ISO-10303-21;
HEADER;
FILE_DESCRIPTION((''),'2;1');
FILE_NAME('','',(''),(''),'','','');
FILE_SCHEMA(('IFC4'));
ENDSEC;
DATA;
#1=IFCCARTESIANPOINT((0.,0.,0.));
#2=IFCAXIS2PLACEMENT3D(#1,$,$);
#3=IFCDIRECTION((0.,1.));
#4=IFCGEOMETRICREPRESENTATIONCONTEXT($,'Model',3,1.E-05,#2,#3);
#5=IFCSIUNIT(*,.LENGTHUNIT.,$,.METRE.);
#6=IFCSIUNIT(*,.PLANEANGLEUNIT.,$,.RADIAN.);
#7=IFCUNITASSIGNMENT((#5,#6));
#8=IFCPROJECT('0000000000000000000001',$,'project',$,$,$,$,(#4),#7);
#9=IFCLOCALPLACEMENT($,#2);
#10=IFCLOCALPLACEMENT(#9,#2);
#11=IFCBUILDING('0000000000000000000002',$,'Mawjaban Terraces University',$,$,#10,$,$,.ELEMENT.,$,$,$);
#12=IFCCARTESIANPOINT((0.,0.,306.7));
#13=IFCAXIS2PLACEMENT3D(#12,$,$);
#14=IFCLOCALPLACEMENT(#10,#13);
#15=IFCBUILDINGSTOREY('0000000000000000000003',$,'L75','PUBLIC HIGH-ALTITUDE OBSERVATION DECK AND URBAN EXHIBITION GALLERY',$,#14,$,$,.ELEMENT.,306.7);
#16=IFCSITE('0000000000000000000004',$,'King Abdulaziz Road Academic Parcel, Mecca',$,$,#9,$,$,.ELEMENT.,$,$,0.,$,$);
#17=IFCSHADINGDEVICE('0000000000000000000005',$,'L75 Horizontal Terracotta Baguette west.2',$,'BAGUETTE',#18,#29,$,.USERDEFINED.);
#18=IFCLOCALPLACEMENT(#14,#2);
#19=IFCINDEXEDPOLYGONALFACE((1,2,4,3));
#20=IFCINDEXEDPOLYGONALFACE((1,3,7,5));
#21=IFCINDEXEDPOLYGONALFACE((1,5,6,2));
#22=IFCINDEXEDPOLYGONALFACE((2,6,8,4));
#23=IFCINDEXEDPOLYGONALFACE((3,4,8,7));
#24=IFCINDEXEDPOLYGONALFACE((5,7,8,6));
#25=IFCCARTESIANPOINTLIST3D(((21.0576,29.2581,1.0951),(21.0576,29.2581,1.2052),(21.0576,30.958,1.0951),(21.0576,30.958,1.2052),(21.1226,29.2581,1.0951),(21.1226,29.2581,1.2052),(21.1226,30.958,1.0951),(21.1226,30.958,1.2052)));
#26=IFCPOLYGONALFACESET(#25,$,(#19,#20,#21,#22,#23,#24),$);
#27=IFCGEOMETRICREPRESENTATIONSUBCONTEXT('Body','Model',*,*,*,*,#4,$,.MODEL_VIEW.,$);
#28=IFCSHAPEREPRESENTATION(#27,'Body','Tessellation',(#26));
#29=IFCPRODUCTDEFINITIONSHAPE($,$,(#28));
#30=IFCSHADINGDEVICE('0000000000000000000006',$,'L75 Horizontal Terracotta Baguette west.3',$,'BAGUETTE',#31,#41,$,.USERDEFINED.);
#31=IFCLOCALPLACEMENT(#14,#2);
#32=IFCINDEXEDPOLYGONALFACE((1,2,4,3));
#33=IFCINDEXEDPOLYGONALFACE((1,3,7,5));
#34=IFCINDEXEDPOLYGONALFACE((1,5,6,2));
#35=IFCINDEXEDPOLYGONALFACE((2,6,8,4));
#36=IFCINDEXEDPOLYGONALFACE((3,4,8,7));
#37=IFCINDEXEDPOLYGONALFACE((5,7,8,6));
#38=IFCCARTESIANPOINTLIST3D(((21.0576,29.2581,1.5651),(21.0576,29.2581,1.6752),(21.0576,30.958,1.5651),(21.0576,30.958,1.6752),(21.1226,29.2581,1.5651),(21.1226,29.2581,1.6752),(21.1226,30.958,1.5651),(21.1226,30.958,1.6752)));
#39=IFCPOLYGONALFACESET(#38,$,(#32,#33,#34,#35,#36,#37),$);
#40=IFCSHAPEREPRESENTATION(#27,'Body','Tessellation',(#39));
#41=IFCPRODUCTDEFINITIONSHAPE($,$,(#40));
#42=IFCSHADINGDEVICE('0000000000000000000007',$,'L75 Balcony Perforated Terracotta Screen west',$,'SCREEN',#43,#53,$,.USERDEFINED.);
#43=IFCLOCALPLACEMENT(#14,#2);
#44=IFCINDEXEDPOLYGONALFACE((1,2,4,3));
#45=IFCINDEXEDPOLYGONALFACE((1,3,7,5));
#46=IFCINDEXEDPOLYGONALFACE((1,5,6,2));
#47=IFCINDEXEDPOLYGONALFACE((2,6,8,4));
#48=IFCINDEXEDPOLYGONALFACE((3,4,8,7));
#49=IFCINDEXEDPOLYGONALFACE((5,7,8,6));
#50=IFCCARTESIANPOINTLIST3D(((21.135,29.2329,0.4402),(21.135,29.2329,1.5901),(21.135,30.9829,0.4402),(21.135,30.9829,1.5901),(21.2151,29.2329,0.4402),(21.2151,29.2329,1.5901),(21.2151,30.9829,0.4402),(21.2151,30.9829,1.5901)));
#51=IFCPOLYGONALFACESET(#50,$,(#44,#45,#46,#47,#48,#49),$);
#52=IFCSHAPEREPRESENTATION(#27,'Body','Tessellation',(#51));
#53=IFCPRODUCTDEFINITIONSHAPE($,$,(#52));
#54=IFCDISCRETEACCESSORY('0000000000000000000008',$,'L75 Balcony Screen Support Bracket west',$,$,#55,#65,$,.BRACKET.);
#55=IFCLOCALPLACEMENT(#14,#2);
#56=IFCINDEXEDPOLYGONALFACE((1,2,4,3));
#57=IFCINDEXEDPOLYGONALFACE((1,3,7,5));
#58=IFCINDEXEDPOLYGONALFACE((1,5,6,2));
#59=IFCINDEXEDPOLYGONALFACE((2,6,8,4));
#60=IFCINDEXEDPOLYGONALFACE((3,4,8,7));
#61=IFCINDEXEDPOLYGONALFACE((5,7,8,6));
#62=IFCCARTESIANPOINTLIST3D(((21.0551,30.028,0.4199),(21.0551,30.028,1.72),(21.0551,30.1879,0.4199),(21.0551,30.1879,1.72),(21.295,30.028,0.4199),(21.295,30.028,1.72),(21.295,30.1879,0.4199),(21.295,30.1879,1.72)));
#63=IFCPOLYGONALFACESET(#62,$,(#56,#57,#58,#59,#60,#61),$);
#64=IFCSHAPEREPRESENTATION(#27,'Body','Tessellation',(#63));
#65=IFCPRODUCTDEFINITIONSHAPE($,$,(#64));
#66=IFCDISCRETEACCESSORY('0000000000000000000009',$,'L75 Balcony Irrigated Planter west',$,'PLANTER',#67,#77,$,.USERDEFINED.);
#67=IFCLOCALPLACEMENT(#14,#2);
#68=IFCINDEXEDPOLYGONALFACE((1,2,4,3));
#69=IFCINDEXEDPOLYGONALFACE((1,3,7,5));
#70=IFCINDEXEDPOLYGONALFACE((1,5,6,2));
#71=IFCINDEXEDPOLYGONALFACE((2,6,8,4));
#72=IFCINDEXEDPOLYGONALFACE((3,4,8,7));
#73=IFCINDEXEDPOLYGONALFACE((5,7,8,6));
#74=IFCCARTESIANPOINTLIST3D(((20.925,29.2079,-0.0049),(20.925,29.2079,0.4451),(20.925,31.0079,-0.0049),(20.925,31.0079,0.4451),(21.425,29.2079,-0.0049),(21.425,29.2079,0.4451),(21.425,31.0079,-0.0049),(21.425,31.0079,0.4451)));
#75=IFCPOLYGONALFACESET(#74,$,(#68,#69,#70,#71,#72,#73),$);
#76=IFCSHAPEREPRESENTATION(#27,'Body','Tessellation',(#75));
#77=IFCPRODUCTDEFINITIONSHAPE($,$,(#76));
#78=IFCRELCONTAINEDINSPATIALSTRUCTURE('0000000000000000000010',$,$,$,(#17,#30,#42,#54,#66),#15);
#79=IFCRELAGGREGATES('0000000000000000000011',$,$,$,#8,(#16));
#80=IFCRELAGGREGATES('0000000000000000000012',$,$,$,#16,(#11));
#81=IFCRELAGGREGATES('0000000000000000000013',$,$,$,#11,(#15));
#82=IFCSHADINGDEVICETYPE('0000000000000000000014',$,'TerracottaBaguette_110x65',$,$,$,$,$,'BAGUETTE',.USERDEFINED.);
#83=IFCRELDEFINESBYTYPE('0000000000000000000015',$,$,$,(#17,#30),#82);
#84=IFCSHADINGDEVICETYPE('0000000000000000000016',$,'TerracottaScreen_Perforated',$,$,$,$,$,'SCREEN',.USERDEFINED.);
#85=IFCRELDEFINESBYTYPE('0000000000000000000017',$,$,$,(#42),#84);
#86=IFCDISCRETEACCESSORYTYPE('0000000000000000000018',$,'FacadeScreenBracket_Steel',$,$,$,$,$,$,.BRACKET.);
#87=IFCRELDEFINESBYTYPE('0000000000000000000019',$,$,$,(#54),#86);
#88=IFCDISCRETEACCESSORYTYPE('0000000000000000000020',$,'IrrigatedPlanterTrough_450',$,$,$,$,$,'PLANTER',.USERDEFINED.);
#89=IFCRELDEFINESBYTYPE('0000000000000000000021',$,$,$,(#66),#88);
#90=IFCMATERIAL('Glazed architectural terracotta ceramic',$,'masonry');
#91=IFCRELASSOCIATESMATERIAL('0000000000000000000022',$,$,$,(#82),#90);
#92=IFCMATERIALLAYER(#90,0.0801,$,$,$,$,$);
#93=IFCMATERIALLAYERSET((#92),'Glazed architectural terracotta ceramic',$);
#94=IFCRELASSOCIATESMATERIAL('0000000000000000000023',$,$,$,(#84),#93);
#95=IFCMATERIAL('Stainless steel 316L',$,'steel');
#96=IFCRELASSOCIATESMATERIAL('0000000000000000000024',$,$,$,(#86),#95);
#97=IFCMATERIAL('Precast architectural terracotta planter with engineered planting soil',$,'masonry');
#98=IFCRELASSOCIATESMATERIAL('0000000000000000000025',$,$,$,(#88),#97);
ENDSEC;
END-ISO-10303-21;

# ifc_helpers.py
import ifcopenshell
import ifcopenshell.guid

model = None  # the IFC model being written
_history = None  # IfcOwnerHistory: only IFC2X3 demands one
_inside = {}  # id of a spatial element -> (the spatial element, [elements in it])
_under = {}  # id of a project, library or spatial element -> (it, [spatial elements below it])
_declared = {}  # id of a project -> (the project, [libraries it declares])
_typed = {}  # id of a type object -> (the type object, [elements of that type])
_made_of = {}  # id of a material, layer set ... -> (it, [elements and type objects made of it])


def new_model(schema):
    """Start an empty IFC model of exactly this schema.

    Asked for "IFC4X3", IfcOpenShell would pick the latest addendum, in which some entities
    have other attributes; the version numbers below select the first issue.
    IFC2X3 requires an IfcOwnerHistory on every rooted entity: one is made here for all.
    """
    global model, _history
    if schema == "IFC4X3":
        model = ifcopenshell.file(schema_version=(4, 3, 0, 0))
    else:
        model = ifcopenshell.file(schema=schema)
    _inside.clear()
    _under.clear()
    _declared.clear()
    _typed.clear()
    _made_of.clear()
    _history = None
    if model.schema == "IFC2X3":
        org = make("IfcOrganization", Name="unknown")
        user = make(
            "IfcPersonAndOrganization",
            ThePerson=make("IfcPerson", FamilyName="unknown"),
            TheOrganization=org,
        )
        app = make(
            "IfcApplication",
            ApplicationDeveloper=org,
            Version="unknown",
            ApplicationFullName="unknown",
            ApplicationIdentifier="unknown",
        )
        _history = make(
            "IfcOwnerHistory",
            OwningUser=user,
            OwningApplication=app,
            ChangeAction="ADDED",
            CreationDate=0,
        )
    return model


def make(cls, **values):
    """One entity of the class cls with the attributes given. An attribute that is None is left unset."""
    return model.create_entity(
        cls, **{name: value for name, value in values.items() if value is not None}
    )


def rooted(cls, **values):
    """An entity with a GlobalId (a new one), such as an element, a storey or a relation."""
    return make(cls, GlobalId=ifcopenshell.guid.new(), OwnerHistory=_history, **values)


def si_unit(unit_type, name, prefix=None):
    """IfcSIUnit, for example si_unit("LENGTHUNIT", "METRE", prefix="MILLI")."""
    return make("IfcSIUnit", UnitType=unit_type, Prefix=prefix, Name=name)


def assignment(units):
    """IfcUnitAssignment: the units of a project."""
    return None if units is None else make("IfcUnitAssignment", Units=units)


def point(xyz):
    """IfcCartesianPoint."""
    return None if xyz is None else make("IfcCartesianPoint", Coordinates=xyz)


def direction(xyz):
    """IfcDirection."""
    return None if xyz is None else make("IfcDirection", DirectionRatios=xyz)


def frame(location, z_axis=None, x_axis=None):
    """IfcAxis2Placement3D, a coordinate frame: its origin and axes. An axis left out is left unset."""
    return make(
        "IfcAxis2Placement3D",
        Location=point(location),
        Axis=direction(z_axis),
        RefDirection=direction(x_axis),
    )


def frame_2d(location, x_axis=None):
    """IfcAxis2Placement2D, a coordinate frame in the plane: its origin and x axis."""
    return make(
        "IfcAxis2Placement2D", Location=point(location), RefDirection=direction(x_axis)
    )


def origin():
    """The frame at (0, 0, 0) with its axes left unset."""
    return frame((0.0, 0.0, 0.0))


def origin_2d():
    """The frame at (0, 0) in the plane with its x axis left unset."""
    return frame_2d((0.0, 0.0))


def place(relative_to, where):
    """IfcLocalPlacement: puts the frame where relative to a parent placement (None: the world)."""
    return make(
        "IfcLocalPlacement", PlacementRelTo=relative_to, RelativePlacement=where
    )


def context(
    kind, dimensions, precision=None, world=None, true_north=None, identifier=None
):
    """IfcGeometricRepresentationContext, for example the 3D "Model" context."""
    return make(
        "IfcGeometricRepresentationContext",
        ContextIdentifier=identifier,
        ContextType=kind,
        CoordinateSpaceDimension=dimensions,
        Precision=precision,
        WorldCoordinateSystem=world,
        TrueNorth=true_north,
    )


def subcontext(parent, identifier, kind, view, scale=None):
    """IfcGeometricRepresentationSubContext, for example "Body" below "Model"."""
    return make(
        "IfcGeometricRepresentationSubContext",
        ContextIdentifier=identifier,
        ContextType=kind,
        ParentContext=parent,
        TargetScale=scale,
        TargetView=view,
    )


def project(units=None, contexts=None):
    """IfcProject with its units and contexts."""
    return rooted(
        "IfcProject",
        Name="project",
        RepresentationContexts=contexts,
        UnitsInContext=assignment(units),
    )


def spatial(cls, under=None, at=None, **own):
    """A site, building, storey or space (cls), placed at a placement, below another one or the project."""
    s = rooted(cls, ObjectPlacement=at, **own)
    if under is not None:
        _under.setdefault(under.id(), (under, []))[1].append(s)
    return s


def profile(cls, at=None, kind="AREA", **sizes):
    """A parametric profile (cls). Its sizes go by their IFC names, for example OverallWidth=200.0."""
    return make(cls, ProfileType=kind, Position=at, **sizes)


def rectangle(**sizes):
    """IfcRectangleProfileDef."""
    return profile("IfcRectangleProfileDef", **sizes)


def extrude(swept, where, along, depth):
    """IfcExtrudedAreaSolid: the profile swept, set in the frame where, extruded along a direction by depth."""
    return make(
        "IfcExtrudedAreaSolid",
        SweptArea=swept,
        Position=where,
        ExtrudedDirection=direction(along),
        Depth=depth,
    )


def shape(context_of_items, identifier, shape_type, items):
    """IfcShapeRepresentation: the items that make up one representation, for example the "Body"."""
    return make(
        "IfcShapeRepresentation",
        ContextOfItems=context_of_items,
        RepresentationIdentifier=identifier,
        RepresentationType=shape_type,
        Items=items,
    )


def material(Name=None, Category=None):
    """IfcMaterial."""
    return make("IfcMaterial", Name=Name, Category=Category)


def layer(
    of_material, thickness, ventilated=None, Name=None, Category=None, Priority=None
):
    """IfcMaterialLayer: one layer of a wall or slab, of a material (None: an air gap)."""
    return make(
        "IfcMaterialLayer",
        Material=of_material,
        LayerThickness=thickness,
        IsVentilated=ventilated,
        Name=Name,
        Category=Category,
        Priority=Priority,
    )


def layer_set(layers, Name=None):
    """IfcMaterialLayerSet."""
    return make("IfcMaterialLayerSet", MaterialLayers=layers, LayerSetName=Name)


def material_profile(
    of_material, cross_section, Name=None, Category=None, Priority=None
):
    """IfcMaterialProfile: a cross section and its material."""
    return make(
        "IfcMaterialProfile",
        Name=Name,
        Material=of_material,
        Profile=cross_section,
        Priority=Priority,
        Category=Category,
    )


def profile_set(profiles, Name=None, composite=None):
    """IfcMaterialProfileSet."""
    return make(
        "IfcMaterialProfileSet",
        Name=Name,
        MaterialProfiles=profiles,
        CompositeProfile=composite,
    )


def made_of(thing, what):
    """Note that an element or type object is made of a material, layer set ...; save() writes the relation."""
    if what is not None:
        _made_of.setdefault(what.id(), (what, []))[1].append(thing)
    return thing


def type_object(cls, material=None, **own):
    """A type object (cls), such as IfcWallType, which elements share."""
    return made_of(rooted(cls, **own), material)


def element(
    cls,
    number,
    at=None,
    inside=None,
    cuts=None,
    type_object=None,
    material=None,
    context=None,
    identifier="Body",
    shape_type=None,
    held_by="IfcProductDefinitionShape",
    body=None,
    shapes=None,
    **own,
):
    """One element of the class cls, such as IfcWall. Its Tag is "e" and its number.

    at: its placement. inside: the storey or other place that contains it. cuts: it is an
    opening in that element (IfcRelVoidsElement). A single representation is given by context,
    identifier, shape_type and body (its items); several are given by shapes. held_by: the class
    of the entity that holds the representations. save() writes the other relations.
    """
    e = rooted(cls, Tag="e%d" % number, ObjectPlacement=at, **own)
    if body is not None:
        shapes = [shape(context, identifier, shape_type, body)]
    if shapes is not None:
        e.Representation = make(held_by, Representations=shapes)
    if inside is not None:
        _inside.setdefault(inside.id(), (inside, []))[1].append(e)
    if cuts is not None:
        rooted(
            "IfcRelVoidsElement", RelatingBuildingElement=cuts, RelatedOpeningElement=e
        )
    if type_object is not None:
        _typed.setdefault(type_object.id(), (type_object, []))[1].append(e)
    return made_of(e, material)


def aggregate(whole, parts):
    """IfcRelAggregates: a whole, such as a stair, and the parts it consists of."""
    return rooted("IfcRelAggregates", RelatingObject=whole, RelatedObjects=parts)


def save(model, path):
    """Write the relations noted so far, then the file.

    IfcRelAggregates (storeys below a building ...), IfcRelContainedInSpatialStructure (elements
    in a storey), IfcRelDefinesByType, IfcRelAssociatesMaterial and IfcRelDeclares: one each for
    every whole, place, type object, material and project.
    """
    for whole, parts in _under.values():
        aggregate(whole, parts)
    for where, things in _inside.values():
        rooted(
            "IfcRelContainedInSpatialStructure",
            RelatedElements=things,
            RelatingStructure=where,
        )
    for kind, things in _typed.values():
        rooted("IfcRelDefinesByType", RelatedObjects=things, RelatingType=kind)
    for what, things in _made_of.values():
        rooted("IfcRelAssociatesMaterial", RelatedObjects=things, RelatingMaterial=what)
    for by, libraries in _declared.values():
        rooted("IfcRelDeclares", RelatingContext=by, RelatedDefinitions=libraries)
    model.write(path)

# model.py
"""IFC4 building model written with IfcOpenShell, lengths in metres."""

from ifc_helpers import new_model, si_unit, direction, frame, origin, origin_2d, place, context, subcontext, project, spatial, rectangle, extrude, material, layer, layer_set, material_profile, profile_set, type_object, element, save


model = new_model("IFC4")

# Units and contexts
model_context = context("Model", 3, precision=1e-05, world=origin(), true_north=direction((0.0, 1.0)))
body_context = subcontext(model_context, "Body", "Model", "MODEL_VIEW")
ifc_project = project(units=[si_unit("LENGTHUNIT", "METRE"), si_unit("PLANEANGLEUNIT", "RADIAN")], contexts=[model_context])

# Site, building, storey
site_placement = place(None, origin())
site = spatial("IfcSite", under=ifc_project, at=site_placement, Name="King Abdulaziz Road Academic Parcel, Mecca", CompositionType="ELEMENT", RefElevation=0.0)
building_placement = place(site_placement, origin())
building = spatial("IfcBuilding", under=site, at=building_placement, Name="Mawjaban Terraces University", CompositionType="ELEMENT")
storey_placement = place(building_placement, frame((0.0, 0.0, 306.7)))
storey = spatial("IfcBuildingStorey", under=building, at=storey_placement, Name="L75", Description="PUBLIC HIGH-ALTITUDE OBSERVATION DECK AND URBAN EXHIBITION GALLERY", CompositionType="ELEMENT", Elevation=306.7)

# Shading devices
ifc_material_1 = material(Name="Glazed architectural terracotta ceramic", Category="masonry")
ifc_material_profile_1 = material_profile(ifc_material_1, rectangle(XDim=0.0649, YDim=0.1101, at=origin_2d()), Name="TBAG110X65")
ifc_profile_set_1 = profile_set([ifc_material_profile_1], Name="Glazed architectural terracotta ceramic")
shading_device_type_1 = type_object("IfcShadingDeviceType", Name="TerracottaBaguette_110x65", ElementType="BAGUETTE", PredefinedType="USERDEFINED", material=ifc_profile_set_1)
for number, where, z_axis, x_axis, name in (
    (1, (21.0901, 29.2581, 1.1501), (0.0, 1.0, 0.0), (-1.0, 0.0, 0.0), "L75 Horizontal Terracotta Baguette west.2"),
    (2, (21.0901, 29.2581, 1.6201), (0.0, 1.0, 0.0), (-1.0, 0.0, 0.0), "L75 Horizontal Terracotta Baguette west.3"),
):
    element("IfcShadingDevice", number, at=place(storey_placement, frame(where, z_axis=z_axis, x_axis=x_axis)), inside=storey, type_object=shading_device_type_1, Name=name, ObjectType="BAGUETTE", PredefinedType="USERDEFINED", context=body_context, shape_type="SweptSolid", body=[
        extrude(rectangle(XDim=0.0649, YDim=0.1101, at=origin_2d()), origin(), (0.0, 0.0, 1.0), 1.7),
    ])
ifc_layer_1 = layer(ifc_material_1, 0.0801)
ifc_layer_set_1 = layer_set([ifc_layer_1], Name="Glazed architectural terracotta ceramic")
shading_device_type_2 = type_object("IfcShadingDeviceType", Name="TerracottaScreen_Perforated", ElementType="SCREEN", PredefinedType="USERDEFINED", material=ifc_layer_set_1)
shading_device_placement = place(storey_placement, frame((21.175, 30.1079, 0.4402), z_axis=(0.0, 0.0, 1.0), x_axis=(0.0, 1.0, 0.0)))
element("IfcShadingDevice", 3, at=shading_device_placement, inside=storey, type_object=shading_device_type_2, Name="L75 Balcony Perforated Terracotta Screen west", ObjectType="SCREEN", PredefinedType="USERDEFINED", context=body_context, shape_type="SweptSolid", body=[
    extrude(rectangle(XDim=1.75, YDim=0.0801, at=origin_2d()), origin(), (0.0, 0.0, 1.0), 1.1499),
])

# Discrete accessories
ifc_material_2 = material(Name="Stainless steel 316L", Category="steel")
discrete_accessory_type_1 = type_object("IfcDiscreteAccessoryType", Name="FacadeScreenBracket_Steel", PredefinedType="BRACKET", material=ifc_material_2)
discrete_accessory_1_placement = place(storey_placement, frame((21.175, 30.1079, 0.4199), z_axis=(0.0, 0.0, 1.0), x_axis=(0.0, 1.0, 0.0)))
element("IfcDiscreteAccessory", 4, at=discrete_accessory_1_placement, inside=storey, type_object=discrete_accessory_type_1, Name="L75 Balcony Screen Support Bracket west", PredefinedType="BRACKET", context=body_context, shape_type="SweptSolid", body=[
    extrude(rectangle(XDim=0.1599, YDim=0.24, at=origin_2d()), origin(), (0.0, 0.0, 1.0), 1.3),
])
ifc_material_3 = material(Name="Precast architectural terracotta planter with engineered planting soil", Category="masonry")
discrete_accessory_type_2 = type_object("IfcDiscreteAccessoryType", Name="IrrigatedPlanterTrough_450", ElementType="PLANTER", PredefinedType="USERDEFINED", material=ifc_material_3)
discrete_accessory_2_placement = place(storey_placement, frame((21.175, 30.1079, -0.0049), z_axis=(0.0, 0.0, 1.0), x_axis=(0.0, 1.0, 0.0)))
element("IfcDiscreteAccessory", 5, at=discrete_accessory_2_placement, inside=storey, type_object=discrete_accessory_type_2, Name="L75 Balcony Irrigated Planter west", ObjectType="PLANTER", PredefinedType="USERDEFINED", context=body_context, shape_type="SweptSolid", body=[
    extrude(rectangle(XDim=1.8, YDim=0.5, at=origin_2d()), origin(), (0.0, 0.0, 1.0), 0.45),
])

save(model, "model.ifc")
